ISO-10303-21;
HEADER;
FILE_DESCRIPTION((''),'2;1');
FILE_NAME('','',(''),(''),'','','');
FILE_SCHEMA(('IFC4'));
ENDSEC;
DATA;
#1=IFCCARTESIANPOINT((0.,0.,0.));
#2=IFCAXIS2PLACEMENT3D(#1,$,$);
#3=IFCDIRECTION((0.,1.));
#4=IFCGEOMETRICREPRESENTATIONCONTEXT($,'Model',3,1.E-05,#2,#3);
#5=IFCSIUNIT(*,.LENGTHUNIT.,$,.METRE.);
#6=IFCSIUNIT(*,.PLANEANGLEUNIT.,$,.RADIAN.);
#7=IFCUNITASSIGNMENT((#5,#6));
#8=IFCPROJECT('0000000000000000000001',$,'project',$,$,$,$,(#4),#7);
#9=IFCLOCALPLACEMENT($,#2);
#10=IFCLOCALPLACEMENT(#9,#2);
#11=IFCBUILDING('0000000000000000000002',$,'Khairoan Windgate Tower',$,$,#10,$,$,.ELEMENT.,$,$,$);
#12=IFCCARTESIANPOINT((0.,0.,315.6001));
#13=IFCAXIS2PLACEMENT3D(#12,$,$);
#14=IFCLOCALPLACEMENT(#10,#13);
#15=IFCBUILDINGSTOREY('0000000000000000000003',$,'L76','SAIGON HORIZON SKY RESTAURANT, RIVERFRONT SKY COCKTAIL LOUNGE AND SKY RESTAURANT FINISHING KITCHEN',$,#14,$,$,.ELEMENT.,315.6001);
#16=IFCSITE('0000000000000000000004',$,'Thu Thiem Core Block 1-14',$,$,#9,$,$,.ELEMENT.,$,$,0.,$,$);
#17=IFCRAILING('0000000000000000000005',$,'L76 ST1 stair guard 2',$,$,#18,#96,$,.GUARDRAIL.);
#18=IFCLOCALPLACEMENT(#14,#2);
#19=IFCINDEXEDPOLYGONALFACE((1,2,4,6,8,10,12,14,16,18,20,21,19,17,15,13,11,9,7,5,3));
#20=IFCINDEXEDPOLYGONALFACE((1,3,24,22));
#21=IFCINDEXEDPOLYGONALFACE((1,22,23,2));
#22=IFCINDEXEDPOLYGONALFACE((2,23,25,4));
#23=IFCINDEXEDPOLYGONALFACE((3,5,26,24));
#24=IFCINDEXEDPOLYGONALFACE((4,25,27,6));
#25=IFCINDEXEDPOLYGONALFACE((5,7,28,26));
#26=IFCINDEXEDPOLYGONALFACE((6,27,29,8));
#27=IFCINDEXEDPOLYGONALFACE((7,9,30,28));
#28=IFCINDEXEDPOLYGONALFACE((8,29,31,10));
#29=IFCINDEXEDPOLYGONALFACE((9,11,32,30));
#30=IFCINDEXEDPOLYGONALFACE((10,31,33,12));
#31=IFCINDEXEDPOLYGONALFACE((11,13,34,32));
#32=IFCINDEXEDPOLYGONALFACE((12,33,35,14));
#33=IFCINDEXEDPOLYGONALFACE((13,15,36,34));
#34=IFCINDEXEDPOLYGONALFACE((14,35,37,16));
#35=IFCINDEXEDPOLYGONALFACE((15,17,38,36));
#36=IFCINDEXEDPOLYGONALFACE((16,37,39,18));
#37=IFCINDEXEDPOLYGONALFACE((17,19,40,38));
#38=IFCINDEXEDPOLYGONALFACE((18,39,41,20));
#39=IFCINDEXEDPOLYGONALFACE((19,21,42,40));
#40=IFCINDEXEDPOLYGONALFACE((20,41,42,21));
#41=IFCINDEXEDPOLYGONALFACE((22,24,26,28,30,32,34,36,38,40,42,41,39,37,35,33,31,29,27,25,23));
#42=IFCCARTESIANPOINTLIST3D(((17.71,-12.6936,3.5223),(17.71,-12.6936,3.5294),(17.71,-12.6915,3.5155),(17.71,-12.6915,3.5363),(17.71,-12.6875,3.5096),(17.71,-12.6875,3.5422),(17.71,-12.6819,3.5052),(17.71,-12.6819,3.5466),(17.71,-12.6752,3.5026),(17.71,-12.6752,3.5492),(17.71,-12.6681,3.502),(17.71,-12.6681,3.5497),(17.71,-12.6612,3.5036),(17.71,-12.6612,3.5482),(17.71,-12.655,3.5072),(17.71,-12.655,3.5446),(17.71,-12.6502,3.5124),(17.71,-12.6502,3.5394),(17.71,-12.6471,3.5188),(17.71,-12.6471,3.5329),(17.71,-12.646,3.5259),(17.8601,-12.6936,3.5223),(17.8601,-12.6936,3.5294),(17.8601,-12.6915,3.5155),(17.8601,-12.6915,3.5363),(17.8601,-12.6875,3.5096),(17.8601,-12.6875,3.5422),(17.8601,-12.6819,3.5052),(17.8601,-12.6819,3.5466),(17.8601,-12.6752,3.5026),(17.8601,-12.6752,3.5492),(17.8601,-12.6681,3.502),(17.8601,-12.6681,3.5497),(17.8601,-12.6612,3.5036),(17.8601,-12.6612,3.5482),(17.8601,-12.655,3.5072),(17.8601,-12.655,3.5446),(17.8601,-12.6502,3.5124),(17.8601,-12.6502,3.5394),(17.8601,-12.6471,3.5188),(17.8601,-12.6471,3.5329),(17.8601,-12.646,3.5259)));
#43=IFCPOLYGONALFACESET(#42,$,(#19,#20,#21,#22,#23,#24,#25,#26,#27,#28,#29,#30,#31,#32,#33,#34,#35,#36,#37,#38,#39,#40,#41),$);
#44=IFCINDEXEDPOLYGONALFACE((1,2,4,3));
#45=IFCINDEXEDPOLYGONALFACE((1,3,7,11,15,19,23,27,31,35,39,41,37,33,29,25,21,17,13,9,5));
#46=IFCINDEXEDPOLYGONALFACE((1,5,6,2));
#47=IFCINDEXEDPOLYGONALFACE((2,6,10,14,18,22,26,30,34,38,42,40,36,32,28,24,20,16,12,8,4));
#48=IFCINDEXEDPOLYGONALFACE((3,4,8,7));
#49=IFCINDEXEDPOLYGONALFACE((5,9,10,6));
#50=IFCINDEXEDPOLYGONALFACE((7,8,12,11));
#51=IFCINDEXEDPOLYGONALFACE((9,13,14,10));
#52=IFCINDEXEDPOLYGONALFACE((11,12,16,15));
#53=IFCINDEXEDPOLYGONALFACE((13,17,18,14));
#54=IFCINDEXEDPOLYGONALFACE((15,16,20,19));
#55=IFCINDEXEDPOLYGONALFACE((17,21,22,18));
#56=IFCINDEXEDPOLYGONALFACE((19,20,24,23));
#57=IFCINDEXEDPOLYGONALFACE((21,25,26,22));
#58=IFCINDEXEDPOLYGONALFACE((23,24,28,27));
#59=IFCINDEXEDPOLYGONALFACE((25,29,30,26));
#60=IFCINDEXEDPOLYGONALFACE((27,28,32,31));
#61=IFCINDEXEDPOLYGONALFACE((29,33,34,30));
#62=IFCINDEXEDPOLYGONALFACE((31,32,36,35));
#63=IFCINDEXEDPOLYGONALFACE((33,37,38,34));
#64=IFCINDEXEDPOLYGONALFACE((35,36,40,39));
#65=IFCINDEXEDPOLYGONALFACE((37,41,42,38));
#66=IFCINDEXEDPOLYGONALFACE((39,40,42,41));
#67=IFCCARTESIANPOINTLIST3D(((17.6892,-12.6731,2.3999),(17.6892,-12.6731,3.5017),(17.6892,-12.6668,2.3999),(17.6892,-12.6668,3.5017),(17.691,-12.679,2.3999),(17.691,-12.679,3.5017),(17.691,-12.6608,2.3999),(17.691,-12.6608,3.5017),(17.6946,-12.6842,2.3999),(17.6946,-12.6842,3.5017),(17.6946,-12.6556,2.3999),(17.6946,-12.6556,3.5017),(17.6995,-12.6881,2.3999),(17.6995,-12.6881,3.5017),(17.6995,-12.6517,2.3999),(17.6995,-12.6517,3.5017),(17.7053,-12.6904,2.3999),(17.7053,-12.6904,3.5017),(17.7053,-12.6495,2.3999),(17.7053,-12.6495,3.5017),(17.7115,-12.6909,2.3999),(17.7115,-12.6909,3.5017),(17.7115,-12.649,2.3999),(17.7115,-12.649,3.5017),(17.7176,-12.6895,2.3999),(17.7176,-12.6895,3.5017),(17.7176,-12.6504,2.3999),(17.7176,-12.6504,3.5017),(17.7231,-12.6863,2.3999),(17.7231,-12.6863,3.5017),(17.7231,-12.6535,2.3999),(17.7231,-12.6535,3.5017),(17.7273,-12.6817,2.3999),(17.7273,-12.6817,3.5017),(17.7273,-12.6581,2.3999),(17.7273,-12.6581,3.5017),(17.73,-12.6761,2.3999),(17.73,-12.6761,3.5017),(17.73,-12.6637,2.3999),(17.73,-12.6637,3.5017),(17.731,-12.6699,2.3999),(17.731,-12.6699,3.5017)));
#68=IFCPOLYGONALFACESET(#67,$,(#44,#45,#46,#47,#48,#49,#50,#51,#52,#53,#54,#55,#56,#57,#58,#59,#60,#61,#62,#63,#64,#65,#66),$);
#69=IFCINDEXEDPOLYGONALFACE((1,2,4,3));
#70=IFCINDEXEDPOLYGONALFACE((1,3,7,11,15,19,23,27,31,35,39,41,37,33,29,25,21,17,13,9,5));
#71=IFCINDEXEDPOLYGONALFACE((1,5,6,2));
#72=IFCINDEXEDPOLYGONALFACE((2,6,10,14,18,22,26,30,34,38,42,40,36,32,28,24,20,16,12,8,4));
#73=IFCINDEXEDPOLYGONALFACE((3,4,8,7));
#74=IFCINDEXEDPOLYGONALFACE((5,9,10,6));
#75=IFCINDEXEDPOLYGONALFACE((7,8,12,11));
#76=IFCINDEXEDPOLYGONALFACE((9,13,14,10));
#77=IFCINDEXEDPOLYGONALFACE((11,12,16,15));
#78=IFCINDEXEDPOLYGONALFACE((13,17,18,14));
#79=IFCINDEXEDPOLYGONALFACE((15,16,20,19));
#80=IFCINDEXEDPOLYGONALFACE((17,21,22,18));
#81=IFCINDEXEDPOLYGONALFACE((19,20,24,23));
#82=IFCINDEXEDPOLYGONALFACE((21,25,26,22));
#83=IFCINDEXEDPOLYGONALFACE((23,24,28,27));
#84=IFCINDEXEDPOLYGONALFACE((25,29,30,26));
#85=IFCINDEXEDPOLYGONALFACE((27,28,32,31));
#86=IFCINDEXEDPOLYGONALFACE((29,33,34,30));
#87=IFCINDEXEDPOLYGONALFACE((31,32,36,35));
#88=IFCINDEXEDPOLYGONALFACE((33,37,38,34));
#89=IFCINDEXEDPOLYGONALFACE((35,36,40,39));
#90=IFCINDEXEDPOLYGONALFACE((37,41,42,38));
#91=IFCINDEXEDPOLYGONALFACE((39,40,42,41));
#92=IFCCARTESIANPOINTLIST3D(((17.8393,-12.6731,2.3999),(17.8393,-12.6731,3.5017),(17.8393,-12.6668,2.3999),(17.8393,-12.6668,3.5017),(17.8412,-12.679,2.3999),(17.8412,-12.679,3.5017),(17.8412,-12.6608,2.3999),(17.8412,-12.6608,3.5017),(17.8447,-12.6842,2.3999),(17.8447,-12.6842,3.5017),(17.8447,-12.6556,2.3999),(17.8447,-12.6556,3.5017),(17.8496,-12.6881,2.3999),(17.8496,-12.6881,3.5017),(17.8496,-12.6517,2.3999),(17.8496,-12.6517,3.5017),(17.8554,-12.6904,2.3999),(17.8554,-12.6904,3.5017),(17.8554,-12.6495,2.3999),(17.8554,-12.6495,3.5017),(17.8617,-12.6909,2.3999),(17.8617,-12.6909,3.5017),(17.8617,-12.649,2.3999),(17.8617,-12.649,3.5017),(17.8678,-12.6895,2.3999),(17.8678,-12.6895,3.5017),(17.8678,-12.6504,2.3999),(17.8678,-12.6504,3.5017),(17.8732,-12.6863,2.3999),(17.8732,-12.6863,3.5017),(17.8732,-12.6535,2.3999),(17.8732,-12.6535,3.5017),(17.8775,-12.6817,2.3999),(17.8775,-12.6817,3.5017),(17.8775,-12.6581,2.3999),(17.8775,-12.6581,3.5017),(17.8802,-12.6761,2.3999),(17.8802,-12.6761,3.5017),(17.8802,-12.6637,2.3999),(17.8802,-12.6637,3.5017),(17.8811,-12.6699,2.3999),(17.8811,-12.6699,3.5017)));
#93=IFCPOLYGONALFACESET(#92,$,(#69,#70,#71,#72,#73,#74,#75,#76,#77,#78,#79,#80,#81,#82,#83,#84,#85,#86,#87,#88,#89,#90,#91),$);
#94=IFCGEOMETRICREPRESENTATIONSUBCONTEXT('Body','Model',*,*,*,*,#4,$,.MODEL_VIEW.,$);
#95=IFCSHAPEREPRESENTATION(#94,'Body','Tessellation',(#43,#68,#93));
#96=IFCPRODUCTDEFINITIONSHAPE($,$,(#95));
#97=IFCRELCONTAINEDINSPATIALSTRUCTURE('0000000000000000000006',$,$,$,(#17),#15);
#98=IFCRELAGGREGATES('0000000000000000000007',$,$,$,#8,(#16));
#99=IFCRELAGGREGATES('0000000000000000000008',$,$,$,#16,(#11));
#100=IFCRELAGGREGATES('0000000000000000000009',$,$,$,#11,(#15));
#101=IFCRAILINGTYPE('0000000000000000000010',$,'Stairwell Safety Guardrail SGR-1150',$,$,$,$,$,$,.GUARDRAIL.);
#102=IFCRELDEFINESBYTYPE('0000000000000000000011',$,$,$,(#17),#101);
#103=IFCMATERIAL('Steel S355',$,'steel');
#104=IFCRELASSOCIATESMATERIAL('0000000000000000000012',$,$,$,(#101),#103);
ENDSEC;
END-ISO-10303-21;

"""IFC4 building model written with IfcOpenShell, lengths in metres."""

from ifc_helpers import new_model, si_unit, direction, frame, origin, origin_2d, place, context, subcontext, project, spatial, circle, extrude, material, type_object, element, save


model = new_model("IFC4")

# Units and contexts
model_context = context("Model", 3, precision=1e-05, world=origin(), true_north=direction((0.0, 1.0)))
body_context = subcontext(model_context, "Body", "Model", "MODEL_VIEW")
ifc_project = project(units=[si_unit("LENGTHUNIT", "METRE"), si_unit("PLANEANGLEUNIT", "RADIAN")], contexts=[model_context])

# Site, building, storey
site_placement = place(None, origin())
site = spatial("IfcSite", under=ifc_project, at=site_placement, Name="Thu Thiem Core Block 1-14", CompositionType="ELEMENT", RefElevation=0.0)
building_placement = place(site_placement, origin())
building = spatial("IfcBuilding", under=site, at=building_placement, Name="Khairoan Windgate Tower", CompositionType="ELEMENT")
storey_placement = place(building_placement, frame((0.0, 0.0, 315.6001)))
storey = spatial("IfcBuildingStorey", under=building, at=storey_placement, Name="L76", Description="SAIGON HORIZON SKY RESTAURANT, RIVERFRONT SKY COCKTAIL LOUNGE AND SKY RESTAURANT FINISHING KITCHEN", CompositionType="ELEMENT", Elevation=315.6001)

# Railing
ifc_material_1 = material(Name="Steel S355", Category="steel")
railing_type_1 = type_object("IfcRailingType", Name="Stairwell Safety Guardrail SGR-1150", PredefinedType="GUARDRAIL", material=ifc_material_1)
railing_1_placement = place(storey_placement, frame((17.71, -12.6699, 2.3999)))
element("IfcRailing", 1, at=railing_1_placement, inside=storey, type_object=railing_type_1, Name="L76 ST1 stair guard 2", PredefinedType="GUARDRAIL", context=body_context, shape_type="SweptSolid", body=[
    extrude(circle(Radius=0.0239, at=origin_2d()), frame((0.0, 0.0, 1.126), z_axis=(1.0, 0.0, 0.0), x_axis=(0.0, 1.0, 0.0)), (0.0, 0.0, 1.0), 0.1501),
    extrude(circle(Radius=0.021, at=origin_2d()), origin(), (0.0, 0.0, 1.0), 1.1018),
    extrude(circle(Radius=0.021, at=origin_2d()), frame((0.1501, 0.0, 0.0)), (0.0, 0.0, 1.0), 1.1018),
])

save(model, "model.ifc")
